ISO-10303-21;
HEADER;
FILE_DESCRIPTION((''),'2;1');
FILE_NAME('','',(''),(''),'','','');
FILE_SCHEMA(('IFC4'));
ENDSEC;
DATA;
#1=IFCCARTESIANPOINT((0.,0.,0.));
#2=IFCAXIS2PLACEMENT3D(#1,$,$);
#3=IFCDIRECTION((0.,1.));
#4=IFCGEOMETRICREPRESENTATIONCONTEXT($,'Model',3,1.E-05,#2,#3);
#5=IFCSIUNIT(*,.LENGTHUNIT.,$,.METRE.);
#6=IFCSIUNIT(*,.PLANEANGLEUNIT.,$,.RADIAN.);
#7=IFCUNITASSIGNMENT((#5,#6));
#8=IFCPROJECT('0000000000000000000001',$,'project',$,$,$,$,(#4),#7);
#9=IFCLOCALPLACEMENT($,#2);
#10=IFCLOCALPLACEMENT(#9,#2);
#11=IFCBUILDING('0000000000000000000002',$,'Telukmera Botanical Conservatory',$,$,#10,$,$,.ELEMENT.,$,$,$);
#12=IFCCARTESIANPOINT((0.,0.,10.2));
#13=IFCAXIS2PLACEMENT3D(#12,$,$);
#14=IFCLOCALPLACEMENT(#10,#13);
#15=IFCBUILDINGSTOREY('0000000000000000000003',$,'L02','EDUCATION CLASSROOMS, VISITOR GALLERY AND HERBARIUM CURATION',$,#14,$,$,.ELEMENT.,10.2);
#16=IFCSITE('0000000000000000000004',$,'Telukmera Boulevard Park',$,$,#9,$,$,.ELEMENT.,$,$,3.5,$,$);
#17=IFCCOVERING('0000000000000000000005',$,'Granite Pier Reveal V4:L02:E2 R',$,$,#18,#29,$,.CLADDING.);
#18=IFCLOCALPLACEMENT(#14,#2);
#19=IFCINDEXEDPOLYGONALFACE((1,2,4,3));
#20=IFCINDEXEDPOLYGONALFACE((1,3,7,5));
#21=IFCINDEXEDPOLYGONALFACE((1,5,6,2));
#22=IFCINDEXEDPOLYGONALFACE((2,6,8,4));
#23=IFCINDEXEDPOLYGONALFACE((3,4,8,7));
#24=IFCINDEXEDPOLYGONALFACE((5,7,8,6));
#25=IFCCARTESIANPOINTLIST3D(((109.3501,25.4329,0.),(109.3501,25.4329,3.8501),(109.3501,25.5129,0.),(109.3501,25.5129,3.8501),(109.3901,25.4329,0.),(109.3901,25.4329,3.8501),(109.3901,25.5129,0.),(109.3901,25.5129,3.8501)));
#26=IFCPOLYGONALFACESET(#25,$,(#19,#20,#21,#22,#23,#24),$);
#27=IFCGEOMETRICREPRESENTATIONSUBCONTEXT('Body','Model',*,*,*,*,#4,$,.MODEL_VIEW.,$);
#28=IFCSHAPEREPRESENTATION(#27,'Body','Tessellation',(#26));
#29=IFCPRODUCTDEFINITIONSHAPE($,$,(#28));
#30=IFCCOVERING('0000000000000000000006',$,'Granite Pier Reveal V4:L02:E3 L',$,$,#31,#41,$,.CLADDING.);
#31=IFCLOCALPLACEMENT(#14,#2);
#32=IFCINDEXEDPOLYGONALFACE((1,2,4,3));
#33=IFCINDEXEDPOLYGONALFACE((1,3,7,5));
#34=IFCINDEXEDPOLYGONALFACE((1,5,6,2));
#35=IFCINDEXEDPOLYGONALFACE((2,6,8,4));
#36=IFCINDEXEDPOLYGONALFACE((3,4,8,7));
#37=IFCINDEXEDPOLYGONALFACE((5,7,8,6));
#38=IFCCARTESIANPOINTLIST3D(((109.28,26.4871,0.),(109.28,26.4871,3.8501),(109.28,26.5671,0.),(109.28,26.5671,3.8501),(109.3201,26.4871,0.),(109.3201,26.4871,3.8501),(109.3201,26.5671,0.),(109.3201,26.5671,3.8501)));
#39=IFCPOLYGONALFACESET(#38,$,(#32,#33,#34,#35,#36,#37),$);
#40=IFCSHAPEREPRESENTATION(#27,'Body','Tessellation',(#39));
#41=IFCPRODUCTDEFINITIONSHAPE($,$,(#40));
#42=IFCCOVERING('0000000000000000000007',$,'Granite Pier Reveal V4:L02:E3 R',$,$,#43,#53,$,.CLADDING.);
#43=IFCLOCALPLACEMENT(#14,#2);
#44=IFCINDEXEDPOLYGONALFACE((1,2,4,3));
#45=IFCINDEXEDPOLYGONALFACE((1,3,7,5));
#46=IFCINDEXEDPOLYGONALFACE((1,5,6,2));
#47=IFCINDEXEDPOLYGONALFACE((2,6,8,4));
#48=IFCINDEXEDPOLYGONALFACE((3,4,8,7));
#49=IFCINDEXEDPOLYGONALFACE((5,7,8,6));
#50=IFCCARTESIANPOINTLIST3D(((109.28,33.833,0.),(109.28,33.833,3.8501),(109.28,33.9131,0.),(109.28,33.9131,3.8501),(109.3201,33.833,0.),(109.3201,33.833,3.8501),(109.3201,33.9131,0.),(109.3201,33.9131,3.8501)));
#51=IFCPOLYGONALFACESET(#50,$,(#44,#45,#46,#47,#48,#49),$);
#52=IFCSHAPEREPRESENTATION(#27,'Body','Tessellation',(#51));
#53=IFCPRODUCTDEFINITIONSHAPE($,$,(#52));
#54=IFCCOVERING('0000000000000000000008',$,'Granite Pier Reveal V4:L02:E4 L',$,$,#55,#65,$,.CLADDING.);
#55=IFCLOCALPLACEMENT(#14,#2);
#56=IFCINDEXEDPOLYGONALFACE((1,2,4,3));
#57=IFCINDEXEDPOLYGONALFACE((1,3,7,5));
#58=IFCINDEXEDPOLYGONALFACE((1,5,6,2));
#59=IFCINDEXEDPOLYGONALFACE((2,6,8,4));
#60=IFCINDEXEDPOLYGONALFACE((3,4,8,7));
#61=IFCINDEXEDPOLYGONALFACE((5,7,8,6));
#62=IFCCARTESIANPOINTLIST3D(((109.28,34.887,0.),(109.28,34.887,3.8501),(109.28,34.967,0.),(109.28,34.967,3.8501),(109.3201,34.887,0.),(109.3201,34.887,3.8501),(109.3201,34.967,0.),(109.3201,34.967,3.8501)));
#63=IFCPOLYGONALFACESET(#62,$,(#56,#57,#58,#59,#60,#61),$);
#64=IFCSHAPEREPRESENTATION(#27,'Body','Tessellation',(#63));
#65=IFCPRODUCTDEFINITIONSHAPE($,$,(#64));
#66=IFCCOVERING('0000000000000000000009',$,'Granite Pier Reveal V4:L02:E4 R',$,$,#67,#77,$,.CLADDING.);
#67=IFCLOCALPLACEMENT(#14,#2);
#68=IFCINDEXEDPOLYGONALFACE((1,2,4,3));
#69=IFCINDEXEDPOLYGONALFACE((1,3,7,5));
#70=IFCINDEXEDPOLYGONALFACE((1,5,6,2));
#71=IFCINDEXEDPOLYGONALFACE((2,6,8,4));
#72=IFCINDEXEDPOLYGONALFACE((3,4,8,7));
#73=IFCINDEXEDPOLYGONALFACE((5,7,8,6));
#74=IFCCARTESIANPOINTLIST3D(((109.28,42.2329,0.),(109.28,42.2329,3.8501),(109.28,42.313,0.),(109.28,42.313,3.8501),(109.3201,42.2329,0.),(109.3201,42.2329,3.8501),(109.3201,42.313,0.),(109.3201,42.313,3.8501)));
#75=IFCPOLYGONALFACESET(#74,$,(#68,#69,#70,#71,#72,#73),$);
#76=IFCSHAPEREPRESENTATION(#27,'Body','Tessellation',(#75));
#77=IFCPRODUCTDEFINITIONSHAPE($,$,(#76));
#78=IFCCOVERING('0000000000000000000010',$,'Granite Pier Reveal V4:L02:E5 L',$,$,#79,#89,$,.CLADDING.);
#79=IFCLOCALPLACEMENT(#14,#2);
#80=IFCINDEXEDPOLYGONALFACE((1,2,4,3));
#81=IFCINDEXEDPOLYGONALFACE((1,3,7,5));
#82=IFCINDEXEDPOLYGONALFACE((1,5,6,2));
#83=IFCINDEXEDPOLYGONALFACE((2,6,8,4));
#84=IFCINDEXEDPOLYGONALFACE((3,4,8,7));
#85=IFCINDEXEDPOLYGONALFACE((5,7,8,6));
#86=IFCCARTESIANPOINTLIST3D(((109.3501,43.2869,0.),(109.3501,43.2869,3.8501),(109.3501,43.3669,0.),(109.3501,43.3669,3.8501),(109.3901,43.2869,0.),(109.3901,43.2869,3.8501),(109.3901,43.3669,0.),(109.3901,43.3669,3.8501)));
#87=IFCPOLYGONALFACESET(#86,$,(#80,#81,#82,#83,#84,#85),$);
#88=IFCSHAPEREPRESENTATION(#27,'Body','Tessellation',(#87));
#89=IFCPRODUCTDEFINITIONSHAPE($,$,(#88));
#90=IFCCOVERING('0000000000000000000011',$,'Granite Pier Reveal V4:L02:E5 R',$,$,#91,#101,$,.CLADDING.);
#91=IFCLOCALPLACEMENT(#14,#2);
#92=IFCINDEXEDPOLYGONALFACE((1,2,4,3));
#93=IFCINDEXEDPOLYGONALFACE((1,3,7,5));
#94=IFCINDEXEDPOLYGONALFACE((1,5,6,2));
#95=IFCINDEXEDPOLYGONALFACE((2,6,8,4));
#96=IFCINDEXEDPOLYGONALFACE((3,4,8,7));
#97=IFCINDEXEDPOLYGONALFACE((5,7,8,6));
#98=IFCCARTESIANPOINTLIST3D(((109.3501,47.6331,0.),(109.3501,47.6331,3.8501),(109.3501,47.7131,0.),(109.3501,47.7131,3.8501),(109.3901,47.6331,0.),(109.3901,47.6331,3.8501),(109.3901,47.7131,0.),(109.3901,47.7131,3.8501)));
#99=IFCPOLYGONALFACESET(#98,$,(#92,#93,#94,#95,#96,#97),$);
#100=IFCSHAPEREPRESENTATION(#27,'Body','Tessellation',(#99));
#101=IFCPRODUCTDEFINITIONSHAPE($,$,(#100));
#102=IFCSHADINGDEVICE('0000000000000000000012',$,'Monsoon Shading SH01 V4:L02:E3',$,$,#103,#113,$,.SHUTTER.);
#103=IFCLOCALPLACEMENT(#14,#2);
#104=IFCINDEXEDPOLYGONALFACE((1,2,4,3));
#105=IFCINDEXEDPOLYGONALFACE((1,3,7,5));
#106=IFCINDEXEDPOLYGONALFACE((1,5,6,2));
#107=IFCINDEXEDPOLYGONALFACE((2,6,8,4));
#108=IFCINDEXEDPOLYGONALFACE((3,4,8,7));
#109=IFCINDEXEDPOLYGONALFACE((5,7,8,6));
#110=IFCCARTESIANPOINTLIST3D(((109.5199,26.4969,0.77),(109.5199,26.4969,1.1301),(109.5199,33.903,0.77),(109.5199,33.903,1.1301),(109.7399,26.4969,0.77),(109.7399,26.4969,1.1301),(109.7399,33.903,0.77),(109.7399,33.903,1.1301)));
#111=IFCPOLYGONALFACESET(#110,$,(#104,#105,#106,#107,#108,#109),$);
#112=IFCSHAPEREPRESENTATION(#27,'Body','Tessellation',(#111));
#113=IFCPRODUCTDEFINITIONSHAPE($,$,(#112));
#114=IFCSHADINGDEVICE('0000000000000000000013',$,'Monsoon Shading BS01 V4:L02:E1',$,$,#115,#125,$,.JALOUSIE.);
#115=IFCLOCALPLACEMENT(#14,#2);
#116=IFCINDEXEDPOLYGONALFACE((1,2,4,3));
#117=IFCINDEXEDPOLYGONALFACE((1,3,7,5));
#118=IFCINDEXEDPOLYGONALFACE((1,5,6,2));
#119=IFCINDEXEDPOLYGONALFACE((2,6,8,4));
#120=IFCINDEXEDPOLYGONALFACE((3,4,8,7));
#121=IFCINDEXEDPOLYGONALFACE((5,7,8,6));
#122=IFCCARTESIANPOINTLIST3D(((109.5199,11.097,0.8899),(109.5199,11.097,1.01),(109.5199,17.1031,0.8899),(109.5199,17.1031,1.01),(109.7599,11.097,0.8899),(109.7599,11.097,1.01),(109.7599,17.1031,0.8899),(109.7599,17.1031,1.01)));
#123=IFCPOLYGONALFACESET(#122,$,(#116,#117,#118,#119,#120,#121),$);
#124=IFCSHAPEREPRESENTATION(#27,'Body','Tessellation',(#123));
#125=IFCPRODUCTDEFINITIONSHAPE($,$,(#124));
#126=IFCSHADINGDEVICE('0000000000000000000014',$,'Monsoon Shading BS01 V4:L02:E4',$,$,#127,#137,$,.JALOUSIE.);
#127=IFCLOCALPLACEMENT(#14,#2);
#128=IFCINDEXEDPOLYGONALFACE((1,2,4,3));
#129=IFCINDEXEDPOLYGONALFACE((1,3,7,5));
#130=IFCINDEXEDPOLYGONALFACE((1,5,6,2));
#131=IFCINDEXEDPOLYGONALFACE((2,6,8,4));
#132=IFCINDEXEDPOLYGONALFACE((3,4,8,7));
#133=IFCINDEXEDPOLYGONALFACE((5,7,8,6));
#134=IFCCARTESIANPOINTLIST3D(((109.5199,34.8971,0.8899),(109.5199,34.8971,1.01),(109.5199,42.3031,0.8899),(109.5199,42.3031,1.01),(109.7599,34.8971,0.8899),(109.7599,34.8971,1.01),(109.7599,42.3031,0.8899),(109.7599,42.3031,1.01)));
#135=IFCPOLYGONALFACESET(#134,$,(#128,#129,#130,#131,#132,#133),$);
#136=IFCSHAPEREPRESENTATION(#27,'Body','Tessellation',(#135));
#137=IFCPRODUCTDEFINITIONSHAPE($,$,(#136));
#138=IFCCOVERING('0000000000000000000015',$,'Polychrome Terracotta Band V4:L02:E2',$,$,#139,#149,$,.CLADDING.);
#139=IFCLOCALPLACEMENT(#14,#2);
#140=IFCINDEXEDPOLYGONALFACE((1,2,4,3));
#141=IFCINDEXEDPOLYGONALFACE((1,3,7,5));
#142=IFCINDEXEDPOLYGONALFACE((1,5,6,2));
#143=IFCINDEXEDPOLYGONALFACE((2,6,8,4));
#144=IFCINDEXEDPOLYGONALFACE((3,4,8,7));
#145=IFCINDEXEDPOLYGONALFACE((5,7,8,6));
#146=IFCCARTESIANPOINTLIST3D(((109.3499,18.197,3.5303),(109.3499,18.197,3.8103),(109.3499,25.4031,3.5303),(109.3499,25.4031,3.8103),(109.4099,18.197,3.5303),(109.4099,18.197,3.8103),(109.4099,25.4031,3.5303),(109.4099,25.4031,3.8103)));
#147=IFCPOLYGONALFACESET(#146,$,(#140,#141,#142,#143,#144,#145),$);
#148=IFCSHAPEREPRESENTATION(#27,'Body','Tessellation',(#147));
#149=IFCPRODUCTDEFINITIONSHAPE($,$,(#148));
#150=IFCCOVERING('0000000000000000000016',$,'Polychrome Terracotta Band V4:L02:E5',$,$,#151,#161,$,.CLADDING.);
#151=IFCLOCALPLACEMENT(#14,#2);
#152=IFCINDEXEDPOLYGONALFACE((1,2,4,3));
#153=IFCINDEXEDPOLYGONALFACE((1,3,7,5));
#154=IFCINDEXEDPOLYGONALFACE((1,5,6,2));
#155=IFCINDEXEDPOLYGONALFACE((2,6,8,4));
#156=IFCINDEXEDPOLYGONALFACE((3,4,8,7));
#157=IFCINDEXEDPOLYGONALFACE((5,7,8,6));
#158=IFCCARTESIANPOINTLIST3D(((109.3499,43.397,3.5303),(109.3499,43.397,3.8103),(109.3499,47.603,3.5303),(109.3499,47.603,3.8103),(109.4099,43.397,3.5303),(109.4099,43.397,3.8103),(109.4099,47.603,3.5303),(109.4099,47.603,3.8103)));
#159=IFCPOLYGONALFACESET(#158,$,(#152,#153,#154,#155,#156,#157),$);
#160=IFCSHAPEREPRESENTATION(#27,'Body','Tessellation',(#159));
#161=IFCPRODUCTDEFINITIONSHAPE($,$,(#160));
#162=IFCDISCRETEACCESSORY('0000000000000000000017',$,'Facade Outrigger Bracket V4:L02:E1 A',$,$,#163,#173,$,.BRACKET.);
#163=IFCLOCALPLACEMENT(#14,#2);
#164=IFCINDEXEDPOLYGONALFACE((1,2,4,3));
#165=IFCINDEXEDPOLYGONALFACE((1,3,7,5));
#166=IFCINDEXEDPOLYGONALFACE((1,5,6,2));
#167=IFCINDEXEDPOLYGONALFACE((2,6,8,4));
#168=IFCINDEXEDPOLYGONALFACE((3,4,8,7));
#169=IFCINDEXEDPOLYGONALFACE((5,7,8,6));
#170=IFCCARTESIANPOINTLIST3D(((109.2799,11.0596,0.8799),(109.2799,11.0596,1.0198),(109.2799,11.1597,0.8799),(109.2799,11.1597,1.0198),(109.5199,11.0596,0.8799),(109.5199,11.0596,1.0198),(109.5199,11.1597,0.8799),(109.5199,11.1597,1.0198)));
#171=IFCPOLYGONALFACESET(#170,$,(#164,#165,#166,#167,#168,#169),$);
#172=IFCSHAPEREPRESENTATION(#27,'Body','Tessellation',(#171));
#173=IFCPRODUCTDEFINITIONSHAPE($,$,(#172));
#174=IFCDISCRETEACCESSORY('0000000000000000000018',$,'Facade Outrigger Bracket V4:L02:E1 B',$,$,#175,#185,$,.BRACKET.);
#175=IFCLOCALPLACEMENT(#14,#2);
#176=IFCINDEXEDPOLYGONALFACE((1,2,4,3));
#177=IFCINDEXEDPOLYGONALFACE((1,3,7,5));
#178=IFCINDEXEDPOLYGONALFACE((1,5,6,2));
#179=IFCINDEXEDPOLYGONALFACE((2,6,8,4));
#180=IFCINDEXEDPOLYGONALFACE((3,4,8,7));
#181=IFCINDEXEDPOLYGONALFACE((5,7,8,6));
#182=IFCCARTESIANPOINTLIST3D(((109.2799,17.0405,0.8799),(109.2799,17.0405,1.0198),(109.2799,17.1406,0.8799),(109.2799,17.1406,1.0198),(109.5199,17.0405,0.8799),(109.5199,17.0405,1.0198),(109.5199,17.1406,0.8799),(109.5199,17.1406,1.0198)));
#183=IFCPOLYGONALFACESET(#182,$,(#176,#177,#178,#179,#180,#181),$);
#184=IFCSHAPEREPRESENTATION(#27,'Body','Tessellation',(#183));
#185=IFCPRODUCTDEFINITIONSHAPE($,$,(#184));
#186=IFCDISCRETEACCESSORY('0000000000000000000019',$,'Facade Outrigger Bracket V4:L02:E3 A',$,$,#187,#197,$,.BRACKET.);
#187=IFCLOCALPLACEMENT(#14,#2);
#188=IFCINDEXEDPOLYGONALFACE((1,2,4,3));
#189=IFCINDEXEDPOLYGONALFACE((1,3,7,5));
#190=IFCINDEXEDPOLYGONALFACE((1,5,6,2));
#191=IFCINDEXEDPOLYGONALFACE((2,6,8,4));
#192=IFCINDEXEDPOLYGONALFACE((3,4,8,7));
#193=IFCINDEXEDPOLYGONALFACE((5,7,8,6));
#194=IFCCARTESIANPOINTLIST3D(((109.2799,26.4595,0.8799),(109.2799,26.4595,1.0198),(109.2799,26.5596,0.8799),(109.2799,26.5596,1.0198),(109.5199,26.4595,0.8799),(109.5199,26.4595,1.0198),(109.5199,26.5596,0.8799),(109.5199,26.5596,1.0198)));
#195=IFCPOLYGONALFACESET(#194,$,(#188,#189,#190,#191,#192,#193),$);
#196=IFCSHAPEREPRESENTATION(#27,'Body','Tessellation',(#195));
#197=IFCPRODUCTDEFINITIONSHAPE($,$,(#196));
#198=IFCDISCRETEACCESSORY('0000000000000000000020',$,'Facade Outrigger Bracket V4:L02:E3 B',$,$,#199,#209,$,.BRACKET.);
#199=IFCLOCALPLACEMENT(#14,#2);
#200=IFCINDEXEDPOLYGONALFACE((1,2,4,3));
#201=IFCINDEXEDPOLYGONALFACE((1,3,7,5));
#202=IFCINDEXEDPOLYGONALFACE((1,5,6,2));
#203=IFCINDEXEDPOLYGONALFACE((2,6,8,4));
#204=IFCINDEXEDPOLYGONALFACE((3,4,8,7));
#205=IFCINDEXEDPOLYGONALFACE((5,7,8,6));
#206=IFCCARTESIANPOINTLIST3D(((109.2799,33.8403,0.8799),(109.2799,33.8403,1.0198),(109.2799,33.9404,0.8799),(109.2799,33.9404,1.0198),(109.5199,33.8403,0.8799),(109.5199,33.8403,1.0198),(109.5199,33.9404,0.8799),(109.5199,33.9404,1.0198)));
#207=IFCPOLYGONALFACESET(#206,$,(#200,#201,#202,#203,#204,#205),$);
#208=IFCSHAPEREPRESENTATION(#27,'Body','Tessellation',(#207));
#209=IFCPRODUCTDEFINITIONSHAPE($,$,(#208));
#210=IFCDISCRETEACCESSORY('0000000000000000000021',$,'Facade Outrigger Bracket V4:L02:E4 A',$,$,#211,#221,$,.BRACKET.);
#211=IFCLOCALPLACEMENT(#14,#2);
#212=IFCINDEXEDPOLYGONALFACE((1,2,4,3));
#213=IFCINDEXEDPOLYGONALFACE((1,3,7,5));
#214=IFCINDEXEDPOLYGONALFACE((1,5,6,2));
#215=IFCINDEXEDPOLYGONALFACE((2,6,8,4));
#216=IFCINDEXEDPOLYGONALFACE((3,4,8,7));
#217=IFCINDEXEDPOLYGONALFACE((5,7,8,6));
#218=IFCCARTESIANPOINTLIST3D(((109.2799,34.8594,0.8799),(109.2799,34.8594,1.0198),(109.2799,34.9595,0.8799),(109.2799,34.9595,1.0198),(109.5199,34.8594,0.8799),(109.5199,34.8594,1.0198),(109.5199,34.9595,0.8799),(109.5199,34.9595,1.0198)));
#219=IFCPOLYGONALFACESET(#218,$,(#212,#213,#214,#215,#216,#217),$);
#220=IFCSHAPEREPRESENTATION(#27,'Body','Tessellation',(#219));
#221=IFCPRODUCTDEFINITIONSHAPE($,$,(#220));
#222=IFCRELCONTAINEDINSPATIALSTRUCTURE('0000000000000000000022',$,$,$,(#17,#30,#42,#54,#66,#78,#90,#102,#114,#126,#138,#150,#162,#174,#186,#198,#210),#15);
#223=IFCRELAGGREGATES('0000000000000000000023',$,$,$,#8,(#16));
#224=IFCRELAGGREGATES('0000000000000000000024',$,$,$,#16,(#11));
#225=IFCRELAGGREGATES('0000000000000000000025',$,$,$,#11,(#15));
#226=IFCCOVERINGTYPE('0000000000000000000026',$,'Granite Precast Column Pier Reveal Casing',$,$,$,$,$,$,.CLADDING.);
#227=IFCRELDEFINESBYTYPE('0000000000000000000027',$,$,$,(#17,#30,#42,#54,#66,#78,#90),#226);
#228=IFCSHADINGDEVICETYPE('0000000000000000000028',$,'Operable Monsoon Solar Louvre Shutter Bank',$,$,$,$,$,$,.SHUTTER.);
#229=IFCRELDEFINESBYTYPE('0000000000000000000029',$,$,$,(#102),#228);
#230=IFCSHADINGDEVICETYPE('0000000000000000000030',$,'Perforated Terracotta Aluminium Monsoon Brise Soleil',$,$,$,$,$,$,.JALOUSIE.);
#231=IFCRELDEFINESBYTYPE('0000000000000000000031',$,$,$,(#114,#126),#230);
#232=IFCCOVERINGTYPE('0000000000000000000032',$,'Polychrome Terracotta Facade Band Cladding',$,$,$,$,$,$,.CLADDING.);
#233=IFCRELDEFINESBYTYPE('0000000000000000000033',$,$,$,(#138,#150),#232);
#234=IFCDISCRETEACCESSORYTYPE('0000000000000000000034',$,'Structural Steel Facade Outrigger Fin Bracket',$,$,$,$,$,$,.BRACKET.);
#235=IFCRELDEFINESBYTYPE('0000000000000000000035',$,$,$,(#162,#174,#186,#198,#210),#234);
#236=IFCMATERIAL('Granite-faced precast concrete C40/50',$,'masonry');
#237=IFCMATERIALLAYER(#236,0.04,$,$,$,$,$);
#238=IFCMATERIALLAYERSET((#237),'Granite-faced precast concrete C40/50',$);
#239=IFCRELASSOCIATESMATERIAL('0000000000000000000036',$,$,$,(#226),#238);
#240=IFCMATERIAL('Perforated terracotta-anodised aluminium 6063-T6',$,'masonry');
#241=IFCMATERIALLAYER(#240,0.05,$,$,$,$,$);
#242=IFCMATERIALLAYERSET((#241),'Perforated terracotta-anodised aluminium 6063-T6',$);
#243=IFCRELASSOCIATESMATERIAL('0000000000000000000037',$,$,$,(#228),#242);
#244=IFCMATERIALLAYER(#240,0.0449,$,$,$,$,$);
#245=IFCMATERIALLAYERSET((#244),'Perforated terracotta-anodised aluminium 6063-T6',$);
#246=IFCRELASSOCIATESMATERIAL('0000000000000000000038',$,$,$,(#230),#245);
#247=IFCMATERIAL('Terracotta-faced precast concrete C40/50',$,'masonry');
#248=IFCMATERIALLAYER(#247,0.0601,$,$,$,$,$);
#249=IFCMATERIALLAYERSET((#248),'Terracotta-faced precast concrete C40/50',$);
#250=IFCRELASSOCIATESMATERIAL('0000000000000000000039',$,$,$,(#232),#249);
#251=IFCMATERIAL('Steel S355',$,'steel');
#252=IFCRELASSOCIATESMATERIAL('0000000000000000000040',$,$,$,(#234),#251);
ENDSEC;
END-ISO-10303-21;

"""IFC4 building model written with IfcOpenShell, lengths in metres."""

from ifc_helpers import new_model, si_unit, direction, frame, origin, origin_2d, place, context, subcontext, project, spatial, rectangle, extrude, material, layer, layer_set, type_object, element, save


model = new_model("IFC4")

# Units and contexts
model_context = context("Model", 3, precision=1e-05, world=origin(), true_north=direction((0.0, 1.0)))
body_context = subcontext(model_context, "Body", "Model", "MODEL_VIEW")
ifc_project = project(units=[si_unit("LENGTHUNIT", "METRE"), si_unit("PLANEANGLEUNIT", "RADIAN")], contexts=[model_context])

# Site, building, storey
site_placement = place(None, origin())
site = spatial("IfcSite", under=ifc_project, at=site_placement, Name="Telukmera Boulevard Park", CompositionType="ELEMENT", RefElevation=3.5)
building_placement = place(site_placement, origin())
building = spatial("IfcBuilding", under=site, at=building_placement, Name="Telukmera Botanical Conservatory", CompositionType="ELEMENT")
storey_placement = place(building_placement, frame((0.0, 0.0, 10.2)))
storey = spatial("IfcBuildingStorey", under=building, at=storey_placement, Name="L02", Description="EDUCATION CLASSROOMS, VISITOR GALLERY AND HERBARIUM CURATION", CompositionType="ELEMENT", Elevation=10.2)

# Shared definitions
ifc_material_1 = material(Name="Terracotta-faced precast concrete C40/50", Category="masonry")

# Coverings
ifc_material_2 = material(Name="Granite-faced precast concrete C40/50", Category="masonry")
ifc_layer_1 = layer(ifc_material_2, 0.04)
ifc_layer_set_1 = layer_set([ifc_layer_1], Name="Granite-faced precast concrete C40/50")
covering_type_1 = type_object("IfcCoveringType", Name="Granite Precast Column Pier Reveal Casing", PredefinedType="CLADDING", material=ifc_layer_set_1)
for number, where, z_axis, x_axis, name in (
    (1, (109.3701, 25.4729, 0.0), (0.0, 0.0, 1.0), (0.0, 1.0, 0.0), "Granite Pier Reveal V4:L02:E2 R"),
    (2, (109.3, 26.5271, 0.0), (0.0, 0.0, 1.0), (0.0, 1.0, 0.0), "Granite Pier Reveal V4:L02:E3 L"),
    (3, (109.3, 33.873, 0.0), (0.0, 0.0, 1.0), (0.0, 1.0, 0.0), "Granite Pier Reveal V4:L02:E3 R"),
    (4, (109.3, 34.927, 0.0), (0.0, 0.0, 1.0), (0.0, 1.0, 0.0), "Granite Pier Reveal V4:L02:E4 L"),
    (5, (109.3, 42.2729, 0.0), (0.0, 0.0, 1.0), (0.0, 1.0, 0.0), "Granite Pier Reveal V4:L02:E4 R"),
    (6, (109.3701, 43.3269, 0.0), (0.0, 0.0, 1.0), (0.0, 1.0, 0.0), "Granite Pier Reveal V4:L02:E5 L"),
    (7, (109.3701, 47.6731, 0.0), (0.0, 0.0, 1.0), (0.0, 1.0, 0.0), "Granite Pier Reveal V4:L02:E5 R"),
):
    element("IfcCovering", number, at=place(storey_placement, frame(where, z_axis=z_axis, x_axis=x_axis)), inside=storey, type_object=covering_type_1, Name=name, PredefinedType="CLADDING", context=body_context, shape_type="SweptSolid", body=[
        extrude(rectangle(XDim=0.0801, YDim=0.04, at=origin_2d()), origin(), (0.0, 0.0, 1.0), 3.8501),
    ])

# Shading devices
ifc_material_3 = material(Name="Perforated terracotta-anodised aluminium 6063-T6", Category="masonry")
ifc_layer_2 = layer(ifc_material_3, 0.05)
ifc_layer_set_2 = layer_set([ifc_layer_2], Name="Perforated terracotta-anodised aluminium 6063-T6")
shading_device_type_1 = type_object("IfcShadingDeviceType", Name="Operable Monsoon Solar Louvre Shutter Bank", PredefinedType="SHUTTER", material=ifc_layer_set_2)
shading_device_1_placement = place(storey_placement, frame((109.6299, 30.2, 0.77), z_axis=(0.0, 0.0, 1.0), x_axis=(0.0, 1.0, 0.0)))
element("IfcShadingDevice", 8, at=shading_device_1_placement, inside=storey, type_object=shading_device_type_1, Name="Monsoon Shading SH01 V4:L02:E3", PredefinedType="SHUTTER", context=body_context, shape_type="SweptSolid", body=[
    extrude(rectangle(XDim=7.406, YDim=0.22, at=origin_2d()), origin(), (0.0, 0.0, 1.0), 0.3601),
])
ifc_layer_3 = layer(ifc_material_3, 0.0449)
ifc_layer_set_3 = layer_set([ifc_layer_3], Name="Perforated terracotta-anodised aluminium 6063-T6")
shading_device_type_2 = type_object("IfcShadingDeviceType", Name="Perforated Terracotta Aluminium Monsoon Brise Soleil", PredefinedType="JALOUSIE", material=ifc_layer_set_3)
shading_device_2_placement = place(storey_placement, frame((109.6399, 14.1001, 0.8899), z_axis=(0.0, 0.0, 1.0), x_axis=(0.0, 1.0, 0.0)))
element("IfcShadingDevice", 9, at=shading_device_2_placement, inside=storey, type_object=shading_device_type_2, Name="Monsoon Shading BS01 V4:L02:E1", PredefinedType="JALOUSIE", context=body_context, shape_type="SweptSolid", body=[
    extrude(rectangle(XDim=6.0061, YDim=0.24, at=origin_2d()), origin(), (0.0, 0.0, 1.0), 0.1201),
])
shading_device_3_placement = place(storey_placement, frame((109.6399, 38.6001, 0.8899), z_axis=(0.0, 0.0, 1.0), x_axis=(0.0, 1.0, 0.0)))
element("IfcShadingDevice", 10, at=shading_device_3_placement, inside=storey, type_object=shading_device_type_2, Name="Monsoon Shading BS01 V4:L02:E4", PredefinedType="JALOUSIE", context=body_context, shape_type="SweptSolid", body=[
    extrude(rectangle(XDim=7.406, YDim=0.24, at=origin_2d()), origin(), (0.0, 0.0, 1.0), 0.1201),
])

# Coverings
ifc_layer_4 = layer(ifc_material_1, 0.0601)
ifc_layer_set_4 = layer_set([ifc_layer_4], Name="Terracotta-faced precast concrete C40/50")
covering_type_2 = type_object("IfcCoveringType", Name="Polychrome Terracotta Facade Band Cladding", PredefinedType="CLADDING", material=ifc_layer_set_4)
covering_1_placement = place(storey_placement, frame((109.3799, 21.8, 3.5303), z_axis=(0.0, 0.0, 1.0), x_axis=(0.0, 1.0, 0.0)))
element("IfcCovering", 11, at=covering_1_placement, inside=storey, type_object=covering_type_2, Name="Polychrome Terracotta Band V4:L02:E2", PredefinedType="CLADDING", context=body_context, shape_type="SweptSolid", body=[
    extrude(rectangle(XDim=7.2061, YDim=0.0601, at=origin_2d()), origin(), (0.0, 0.0, 1.0), 0.28),
])
covering_2_placement = place(storey_placement, frame((109.3799, 45.5, 3.5303), z_axis=(0.0, 0.0, 1.0), x_axis=(0.0, 1.0, 0.0)))
element("IfcCovering", 12, at=covering_2_placement, inside=storey, type_object=covering_type_2, Name="Polychrome Terracotta Band V4:L02:E5", PredefinedType="CLADDING", context=body_context, shape_type="SweptSolid", body=[
    extrude(rectangle(XDim=4.2061, YDim=0.0601, at=origin_2d()), origin(), (0.0, 0.0, 1.0), 0.28),
])

# Discrete accessories
ifc_material_4 = material(Name="Steel S355", Category="steel")
discrete_accessory_type_1 = type_object("IfcDiscreteAccessoryType", Name="Structural Steel Facade Outrigger Fin Bracket", PredefinedType="BRACKET", material=ifc_material_4)
for number, where, z_axis, x_axis, name in (
    (13, (109.3999, 11.1096, 0.8799), (0.0, 0.0, 1.0), (0.0, 1.0, 0.0), "Facade Outrigger Bracket V4:L02:E1 A"),
    (14, (109.3999, 17.0906, 0.8799), (0.0, 0.0, 1.0), (0.0, 1.0, 0.0), "Facade Outrigger Bracket V4:L02:E1 B"),
    (15, (109.3999, 26.5095, 0.8799), (0.0, 0.0, 1.0), (0.0, 1.0, 0.0), "Facade Outrigger Bracket V4:L02:E3 A"),
    (16, (109.3999, 33.8904, 0.8799), (0.0, 0.0, 1.0), (0.0, 1.0, 0.0), "Facade Outrigger Bracket V4:L02:E3 B"),
    (17, (109.3999, 34.9094, 0.8799), (0.0, 0.0, 1.0), (0.0, 1.0, 0.0), "Facade Outrigger Bracket V4:L02:E4 A"),
):
    element("IfcDiscreteAccessory", number, at=place(storey_placement, frame(where, z_axis=z_axis, x_axis=x_axis)), inside=storey, type_object=discrete_accessory_type_1, Name=name, PredefinedType="BRACKET", context=body_context, shape_type="SweptSolid", body=[
        extrude(rectangle(XDim=0.1001, YDim=0.24, at=origin_2d()), origin(), (0.0, 0.0, 1.0), 0.1399),
    ])

save(model, "model.ifc")
